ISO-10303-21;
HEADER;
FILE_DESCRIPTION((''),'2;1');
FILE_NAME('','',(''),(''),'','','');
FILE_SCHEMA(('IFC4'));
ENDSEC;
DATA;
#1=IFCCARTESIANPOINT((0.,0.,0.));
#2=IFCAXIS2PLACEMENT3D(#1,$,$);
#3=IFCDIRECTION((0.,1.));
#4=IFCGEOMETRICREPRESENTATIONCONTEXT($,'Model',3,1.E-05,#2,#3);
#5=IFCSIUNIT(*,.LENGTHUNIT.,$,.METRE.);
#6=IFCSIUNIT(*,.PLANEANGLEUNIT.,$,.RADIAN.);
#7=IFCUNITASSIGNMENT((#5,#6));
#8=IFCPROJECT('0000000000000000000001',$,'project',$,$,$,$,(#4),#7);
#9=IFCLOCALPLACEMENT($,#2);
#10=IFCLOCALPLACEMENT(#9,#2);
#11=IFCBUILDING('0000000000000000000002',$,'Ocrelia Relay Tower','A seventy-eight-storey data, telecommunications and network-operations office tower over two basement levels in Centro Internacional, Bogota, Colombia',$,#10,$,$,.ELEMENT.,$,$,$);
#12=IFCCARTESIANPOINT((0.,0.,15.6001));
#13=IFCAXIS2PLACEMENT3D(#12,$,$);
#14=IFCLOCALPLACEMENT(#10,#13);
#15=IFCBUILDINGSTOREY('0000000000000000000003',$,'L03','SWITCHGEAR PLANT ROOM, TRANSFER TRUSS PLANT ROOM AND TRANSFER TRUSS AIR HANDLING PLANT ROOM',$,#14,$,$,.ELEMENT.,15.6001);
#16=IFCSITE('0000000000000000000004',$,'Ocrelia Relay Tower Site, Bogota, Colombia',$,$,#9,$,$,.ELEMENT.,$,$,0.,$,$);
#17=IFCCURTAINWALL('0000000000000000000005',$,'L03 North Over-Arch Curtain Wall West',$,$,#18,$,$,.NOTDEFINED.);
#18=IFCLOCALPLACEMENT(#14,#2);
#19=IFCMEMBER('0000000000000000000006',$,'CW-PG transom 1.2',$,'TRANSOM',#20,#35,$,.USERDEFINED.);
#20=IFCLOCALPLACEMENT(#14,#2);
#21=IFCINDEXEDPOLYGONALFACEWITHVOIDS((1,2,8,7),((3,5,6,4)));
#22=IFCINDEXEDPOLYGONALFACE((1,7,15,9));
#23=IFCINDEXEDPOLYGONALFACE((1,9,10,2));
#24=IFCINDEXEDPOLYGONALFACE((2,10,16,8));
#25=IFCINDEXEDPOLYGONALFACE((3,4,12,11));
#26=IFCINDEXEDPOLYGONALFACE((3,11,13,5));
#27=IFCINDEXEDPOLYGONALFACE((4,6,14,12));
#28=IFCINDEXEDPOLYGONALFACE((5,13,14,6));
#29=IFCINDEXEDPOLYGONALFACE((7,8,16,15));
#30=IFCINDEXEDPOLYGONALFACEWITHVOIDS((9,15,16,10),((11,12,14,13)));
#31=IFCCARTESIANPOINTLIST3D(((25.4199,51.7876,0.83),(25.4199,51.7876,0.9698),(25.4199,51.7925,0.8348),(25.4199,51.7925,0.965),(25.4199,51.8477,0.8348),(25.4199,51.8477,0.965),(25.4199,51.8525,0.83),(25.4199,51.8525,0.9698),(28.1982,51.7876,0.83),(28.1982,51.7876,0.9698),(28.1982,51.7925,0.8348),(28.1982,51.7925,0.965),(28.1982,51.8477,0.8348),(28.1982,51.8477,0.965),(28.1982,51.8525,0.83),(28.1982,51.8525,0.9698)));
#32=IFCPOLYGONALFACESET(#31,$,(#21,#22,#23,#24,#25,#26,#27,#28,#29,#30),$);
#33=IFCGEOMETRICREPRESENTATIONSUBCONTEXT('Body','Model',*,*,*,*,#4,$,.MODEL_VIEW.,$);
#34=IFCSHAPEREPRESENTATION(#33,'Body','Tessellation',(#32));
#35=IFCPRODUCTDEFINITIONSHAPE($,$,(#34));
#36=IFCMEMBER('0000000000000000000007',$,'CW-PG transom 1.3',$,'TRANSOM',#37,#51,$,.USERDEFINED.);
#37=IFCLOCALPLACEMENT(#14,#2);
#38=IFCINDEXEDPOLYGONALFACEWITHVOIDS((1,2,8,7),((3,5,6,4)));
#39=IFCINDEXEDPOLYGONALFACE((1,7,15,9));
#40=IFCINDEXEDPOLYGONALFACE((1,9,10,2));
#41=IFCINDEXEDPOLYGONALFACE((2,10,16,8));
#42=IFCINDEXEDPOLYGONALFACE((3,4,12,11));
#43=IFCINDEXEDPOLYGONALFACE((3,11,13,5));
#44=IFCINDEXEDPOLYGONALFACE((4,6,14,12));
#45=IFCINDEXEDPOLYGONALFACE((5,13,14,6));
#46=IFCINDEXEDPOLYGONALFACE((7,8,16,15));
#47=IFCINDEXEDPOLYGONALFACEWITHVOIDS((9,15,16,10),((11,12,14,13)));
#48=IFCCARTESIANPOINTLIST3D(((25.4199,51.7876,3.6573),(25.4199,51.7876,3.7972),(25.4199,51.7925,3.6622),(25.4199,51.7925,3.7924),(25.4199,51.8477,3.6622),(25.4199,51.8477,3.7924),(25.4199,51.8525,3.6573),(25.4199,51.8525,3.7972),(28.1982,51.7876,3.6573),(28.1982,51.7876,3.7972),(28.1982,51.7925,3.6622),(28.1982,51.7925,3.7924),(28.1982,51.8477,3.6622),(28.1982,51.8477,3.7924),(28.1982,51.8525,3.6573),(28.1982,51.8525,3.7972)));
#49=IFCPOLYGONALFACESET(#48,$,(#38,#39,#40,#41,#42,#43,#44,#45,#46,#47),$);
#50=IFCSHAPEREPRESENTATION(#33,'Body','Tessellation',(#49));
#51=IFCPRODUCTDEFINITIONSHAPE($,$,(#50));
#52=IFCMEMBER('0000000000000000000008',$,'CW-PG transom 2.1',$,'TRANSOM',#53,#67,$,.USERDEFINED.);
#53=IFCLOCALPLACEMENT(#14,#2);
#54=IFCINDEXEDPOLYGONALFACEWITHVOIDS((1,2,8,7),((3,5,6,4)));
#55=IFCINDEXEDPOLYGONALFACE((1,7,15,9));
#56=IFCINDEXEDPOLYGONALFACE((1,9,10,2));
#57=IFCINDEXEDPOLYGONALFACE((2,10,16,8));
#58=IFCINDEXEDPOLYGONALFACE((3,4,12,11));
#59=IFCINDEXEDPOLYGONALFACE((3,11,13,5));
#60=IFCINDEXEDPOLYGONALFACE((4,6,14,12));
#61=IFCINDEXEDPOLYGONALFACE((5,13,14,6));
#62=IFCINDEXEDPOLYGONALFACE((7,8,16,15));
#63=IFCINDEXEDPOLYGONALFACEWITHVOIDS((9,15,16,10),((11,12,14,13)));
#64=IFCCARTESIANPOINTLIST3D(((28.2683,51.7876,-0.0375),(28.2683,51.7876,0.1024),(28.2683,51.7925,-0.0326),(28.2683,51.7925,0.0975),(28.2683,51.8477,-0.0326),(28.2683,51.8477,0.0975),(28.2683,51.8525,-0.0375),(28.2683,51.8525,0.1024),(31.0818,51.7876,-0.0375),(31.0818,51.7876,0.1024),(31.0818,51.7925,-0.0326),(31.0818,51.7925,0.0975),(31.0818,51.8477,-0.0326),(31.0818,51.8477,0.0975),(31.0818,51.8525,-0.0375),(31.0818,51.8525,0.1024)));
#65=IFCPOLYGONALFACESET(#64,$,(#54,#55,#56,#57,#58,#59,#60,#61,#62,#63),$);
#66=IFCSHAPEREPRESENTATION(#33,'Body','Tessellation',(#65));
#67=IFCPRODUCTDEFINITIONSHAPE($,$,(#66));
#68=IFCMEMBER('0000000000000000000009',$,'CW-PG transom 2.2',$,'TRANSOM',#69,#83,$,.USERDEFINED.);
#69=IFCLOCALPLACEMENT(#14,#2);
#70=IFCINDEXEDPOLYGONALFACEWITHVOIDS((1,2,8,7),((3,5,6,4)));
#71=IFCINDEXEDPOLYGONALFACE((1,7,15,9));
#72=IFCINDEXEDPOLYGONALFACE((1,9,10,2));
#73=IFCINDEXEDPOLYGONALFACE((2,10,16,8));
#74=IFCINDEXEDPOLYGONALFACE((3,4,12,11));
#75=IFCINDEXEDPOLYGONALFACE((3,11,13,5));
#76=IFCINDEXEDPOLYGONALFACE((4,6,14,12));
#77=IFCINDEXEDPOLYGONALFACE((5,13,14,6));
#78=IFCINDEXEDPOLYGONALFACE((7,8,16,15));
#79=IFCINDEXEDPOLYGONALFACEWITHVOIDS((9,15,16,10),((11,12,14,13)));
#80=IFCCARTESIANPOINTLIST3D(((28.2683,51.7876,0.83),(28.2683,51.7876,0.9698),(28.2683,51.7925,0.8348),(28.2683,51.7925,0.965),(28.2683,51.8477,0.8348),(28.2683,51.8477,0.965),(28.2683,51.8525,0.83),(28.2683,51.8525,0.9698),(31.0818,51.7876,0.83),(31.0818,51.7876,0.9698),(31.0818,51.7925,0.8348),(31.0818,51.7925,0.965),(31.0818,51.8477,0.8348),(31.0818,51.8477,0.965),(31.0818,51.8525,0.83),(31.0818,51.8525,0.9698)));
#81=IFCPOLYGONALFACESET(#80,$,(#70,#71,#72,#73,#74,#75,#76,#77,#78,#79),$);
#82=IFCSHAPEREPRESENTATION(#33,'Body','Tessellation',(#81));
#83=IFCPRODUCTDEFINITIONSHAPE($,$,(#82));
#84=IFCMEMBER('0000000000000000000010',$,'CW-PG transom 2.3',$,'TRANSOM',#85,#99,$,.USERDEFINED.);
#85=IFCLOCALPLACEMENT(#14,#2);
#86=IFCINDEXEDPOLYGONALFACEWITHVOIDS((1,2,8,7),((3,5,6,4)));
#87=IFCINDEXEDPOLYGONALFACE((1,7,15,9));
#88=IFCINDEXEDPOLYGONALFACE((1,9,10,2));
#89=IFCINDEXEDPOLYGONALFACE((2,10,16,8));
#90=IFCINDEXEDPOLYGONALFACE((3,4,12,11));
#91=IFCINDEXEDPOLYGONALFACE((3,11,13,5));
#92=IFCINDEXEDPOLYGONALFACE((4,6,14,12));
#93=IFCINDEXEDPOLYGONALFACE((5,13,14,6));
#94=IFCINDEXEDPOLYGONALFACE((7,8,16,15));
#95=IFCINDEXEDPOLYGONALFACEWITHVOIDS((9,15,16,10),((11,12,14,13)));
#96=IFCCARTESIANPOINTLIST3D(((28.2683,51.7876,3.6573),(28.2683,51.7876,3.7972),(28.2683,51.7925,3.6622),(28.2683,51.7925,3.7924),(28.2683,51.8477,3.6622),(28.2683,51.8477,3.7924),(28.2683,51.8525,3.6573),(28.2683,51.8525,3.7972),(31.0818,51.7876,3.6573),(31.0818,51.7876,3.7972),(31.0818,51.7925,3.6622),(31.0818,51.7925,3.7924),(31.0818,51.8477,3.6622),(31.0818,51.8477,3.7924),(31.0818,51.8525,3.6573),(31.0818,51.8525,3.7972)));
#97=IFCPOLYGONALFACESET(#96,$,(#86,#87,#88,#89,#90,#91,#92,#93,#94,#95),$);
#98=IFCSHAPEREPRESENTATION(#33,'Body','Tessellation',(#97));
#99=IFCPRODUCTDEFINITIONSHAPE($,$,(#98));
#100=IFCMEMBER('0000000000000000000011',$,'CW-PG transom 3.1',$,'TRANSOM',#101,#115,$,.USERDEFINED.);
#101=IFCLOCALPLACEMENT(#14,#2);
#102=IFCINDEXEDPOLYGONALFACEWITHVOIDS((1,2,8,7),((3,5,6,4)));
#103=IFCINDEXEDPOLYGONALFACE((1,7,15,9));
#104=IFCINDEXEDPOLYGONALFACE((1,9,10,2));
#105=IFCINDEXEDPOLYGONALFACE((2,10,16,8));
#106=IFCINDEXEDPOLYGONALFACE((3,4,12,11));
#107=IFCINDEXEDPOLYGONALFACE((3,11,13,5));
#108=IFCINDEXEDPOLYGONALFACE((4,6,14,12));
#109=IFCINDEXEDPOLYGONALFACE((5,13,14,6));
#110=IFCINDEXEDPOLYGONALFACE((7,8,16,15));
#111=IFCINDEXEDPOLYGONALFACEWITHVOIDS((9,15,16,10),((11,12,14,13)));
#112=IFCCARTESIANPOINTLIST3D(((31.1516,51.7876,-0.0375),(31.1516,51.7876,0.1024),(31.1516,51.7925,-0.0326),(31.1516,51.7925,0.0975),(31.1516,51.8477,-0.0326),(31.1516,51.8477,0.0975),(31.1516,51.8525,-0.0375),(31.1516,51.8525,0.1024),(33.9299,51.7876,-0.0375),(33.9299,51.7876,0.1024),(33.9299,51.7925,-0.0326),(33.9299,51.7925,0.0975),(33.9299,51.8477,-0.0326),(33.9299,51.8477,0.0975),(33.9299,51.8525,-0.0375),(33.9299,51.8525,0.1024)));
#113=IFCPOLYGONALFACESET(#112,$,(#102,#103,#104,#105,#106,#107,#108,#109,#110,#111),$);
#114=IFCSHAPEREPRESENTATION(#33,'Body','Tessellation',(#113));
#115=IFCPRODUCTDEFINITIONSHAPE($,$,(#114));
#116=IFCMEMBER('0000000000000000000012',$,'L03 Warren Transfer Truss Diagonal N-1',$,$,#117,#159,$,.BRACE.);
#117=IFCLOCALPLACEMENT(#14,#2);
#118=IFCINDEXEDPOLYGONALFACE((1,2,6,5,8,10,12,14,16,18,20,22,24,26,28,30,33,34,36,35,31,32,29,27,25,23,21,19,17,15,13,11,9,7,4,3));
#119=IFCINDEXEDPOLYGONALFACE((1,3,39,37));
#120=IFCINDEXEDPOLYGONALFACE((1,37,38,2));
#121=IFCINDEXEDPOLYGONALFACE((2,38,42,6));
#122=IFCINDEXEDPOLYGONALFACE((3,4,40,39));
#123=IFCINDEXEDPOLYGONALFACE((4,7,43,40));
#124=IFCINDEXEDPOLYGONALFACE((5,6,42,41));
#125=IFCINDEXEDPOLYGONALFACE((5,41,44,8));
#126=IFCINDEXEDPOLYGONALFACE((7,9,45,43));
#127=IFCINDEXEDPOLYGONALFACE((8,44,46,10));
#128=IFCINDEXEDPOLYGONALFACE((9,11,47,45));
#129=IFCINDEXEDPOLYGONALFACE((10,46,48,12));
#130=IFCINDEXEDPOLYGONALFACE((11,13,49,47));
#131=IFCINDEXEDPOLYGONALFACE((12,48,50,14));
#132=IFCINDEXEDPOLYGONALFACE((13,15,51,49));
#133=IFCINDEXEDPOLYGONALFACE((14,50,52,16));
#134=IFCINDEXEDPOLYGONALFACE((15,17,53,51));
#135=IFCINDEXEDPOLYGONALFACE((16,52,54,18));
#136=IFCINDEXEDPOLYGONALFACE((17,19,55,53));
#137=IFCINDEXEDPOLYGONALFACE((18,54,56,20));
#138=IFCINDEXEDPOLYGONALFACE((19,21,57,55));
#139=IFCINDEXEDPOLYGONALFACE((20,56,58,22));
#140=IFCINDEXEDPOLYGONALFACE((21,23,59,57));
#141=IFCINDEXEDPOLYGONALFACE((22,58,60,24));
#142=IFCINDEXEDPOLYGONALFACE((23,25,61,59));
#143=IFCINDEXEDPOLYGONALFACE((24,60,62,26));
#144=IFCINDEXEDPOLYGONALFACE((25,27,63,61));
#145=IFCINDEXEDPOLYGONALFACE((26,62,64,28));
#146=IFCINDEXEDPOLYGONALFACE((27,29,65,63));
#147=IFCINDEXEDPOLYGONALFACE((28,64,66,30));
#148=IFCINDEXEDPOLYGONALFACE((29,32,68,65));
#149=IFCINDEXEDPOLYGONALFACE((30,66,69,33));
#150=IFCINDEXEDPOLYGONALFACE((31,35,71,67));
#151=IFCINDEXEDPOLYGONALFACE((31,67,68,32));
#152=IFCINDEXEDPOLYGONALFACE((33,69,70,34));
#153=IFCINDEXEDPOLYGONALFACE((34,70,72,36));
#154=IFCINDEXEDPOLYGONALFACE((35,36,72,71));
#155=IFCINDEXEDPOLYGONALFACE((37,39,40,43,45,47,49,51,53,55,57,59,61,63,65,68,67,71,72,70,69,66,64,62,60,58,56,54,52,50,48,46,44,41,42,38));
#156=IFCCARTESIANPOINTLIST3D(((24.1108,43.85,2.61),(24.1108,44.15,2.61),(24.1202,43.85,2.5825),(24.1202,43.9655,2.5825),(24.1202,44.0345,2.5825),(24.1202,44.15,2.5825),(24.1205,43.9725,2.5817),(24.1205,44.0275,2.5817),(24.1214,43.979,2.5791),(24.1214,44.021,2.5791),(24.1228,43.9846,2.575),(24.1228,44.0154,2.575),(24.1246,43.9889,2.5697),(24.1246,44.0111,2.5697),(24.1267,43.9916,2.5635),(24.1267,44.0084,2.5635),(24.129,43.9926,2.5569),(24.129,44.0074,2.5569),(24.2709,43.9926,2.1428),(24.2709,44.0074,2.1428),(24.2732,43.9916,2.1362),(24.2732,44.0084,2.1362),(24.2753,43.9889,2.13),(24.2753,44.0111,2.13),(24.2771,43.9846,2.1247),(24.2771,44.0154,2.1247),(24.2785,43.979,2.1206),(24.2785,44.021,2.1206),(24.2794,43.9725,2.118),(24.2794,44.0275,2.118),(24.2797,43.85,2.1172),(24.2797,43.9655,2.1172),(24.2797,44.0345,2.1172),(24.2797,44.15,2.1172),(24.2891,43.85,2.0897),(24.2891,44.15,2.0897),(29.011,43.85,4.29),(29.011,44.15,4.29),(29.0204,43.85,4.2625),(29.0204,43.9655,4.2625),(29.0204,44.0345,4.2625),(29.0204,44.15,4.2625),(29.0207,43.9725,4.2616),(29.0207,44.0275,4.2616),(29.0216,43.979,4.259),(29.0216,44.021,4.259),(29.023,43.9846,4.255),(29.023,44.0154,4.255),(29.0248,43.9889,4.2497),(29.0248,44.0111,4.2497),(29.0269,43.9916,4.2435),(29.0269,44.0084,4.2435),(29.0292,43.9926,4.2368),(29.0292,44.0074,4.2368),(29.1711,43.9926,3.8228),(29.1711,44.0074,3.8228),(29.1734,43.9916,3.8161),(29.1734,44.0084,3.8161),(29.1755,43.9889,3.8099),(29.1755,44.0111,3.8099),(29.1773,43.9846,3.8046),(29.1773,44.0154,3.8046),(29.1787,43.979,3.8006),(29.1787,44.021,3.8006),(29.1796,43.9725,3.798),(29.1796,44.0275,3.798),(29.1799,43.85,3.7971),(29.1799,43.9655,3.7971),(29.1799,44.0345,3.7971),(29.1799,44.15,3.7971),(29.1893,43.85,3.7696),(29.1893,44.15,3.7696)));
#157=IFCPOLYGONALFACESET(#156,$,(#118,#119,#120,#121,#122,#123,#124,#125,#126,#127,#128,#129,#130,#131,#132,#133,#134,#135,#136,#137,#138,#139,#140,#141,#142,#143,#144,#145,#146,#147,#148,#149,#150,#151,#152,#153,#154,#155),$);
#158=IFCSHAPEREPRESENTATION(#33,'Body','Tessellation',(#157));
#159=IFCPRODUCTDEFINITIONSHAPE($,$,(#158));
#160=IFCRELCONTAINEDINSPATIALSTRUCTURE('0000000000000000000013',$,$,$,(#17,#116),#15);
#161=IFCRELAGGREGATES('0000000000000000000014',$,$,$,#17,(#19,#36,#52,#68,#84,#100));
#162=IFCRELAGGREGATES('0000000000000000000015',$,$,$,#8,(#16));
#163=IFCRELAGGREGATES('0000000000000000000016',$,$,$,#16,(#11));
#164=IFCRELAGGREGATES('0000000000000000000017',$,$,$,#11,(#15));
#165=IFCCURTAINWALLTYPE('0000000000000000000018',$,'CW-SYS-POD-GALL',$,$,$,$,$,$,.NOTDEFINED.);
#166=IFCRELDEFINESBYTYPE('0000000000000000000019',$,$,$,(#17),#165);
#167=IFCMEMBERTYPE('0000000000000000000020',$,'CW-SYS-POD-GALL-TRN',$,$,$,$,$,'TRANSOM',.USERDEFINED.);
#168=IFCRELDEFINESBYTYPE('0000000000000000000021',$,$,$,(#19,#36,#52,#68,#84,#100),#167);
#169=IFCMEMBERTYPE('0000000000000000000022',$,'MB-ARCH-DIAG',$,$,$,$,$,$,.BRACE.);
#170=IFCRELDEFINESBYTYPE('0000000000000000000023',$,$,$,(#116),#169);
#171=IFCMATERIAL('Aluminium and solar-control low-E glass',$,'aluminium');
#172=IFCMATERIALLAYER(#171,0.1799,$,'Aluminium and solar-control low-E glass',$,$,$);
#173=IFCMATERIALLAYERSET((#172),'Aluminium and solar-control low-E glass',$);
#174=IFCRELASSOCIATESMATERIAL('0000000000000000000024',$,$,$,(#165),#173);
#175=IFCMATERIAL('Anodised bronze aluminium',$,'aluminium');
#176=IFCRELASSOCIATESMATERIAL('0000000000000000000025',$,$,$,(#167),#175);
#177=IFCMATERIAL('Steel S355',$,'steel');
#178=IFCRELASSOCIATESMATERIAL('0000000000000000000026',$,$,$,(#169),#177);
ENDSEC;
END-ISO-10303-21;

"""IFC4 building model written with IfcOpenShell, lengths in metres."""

from ifc_helpers import new_model, si_unit, direction, frame, origin, origin_2d, place, context, subcontext, project, spatial, hollow_rectangle, i_section, extrude, material, layer, layer_set, material_profile, profile_set, type_object, element, aggregate, save


model = new_model("IFC4")

# Units and contexts
model_context = context("Model", 3, precision=1e-05, world=origin(), true_north=direction((0.0, 1.0)))
body_context = subcontext(model_context, "Body", "Model", "MODEL_VIEW")
ifc_project = project(units=[si_unit("LENGTHUNIT", "METRE"), si_unit("PLANEANGLEUNIT", "RADIAN")], contexts=[model_context])

# Site, building, storey
site_placement = place(None, origin())
site = spatial("IfcSite", under=ifc_project, at=site_placement, Name="Ocrelia Relay Tower Site, Bogota, Colombia", CompositionType="ELEMENT", RefElevation=0.0)
building_placement = place(site_placement, origin())
building = spatial("IfcBuilding", under=site, at=building_placement, Name="Ocrelia Relay Tower", Description="A seventy-eight-storey data, telecommunications and network-operations office tower over two basement levels in Centro Internacional, Bogota, Colombia", CompositionType="ELEMENT")
storey_placement = place(building_placement, frame((0.0, 0.0, 15.6001)))
storey = spatial("IfcBuildingStorey", under=building, at=storey_placement, Name="L03", Description="SWITCHGEAR PLANT ROOM, TRANSFER TRUSS PLANT ROOM AND TRANSFER TRUSS AIR HANDLING PLANT ROOM", CompositionType="ELEMENT", Elevation=15.6001)

# Shared definitions
ifc_material_1 = material(Name="Steel S355", Category="steel")

# Curtain wall, members
ifc_material_2 = material(Name="Aluminium and solar-control low-E glass", Category="aluminium")
ifc_layer_1 = layer(ifc_material_2, 0.1799, Name="Aluminium and solar-control low-E glass")
ifc_layer_set_1 = layer_set([ifc_layer_1], Name="Aluminium and solar-control low-E glass")
curtain_wall_type = type_object("IfcCurtainWallType", Name="CW-SYS-POD-GALL", PredefinedType="NOTDEFINED", material=ifc_layer_set_1)
curtain_wall_placement = place(storey_placement, origin())
curtain_wall = element("IfcCurtainWall", 1, at=curtain_wall_placement, inside=storey, type_object=curtain_wall_type, Name="L03 North Over-Arch Curtain Wall West", PredefinedType="NOTDEFINED")
ifc_material_3 = material(Name="Anodised bronze aluminium", Category="aluminium")
ifc_material_profile_1 = material_profile(ifc_material_3, hollow_rectangle(XDim=0.0649, YDim=0.1399, WallThickness=0.0049, at=origin_2d()), Name="CW-TRN-140x65")
ifc_profile_set_1 = profile_set([ifc_material_profile_1], Name="Anodised bronze aluminium")
member_type_1 = type_object("IfcMemberType", Name="CW-SYS-POD-GALL-TRN", ElementType="TRANSOM", PredefinedType="USERDEFINED", material=ifc_profile_set_1)
member_1_placement = place(storey_placement, frame((25.4199, 51.8201, 0.8999), z_axis=(1.0, 0.0, 0.0), x_axis=(0.0, 1.0, 0.0)))
member_1 = element("IfcMember", 2, at=member_1_placement, type_object=member_type_1, Name="CW-PG transom 1.2", ObjectType="TRANSOM", PredefinedType="USERDEFINED", context=body_context, shape_type="SweptSolid", body=[
    extrude(hollow_rectangle(XDim=0.0649, YDim=0.1399, WallThickness=0.0049, at=origin_2d()), origin(), (0.0, 0.0, 1.0), 2.7783),
])
member_2_placement = place(storey_placement, frame((25.4199, 51.8201, 3.7273), z_axis=(1.0, 0.0, 0.0), x_axis=(0.0, 1.0, 0.0)))
member_2 = element("IfcMember", 3, at=member_2_placement, type_object=member_type_1, Name="CW-PG transom 1.3", ObjectType="TRANSOM", PredefinedType="USERDEFINED", context=body_context, shape_type="SweptSolid", body=[
    extrude(hollow_rectangle(XDim=0.0649, YDim=0.1399, WallThickness=0.0049, at=origin_2d()), origin(), (0.0, 0.0, 1.0), 2.7783),
])
member_3_placement = place(storey_placement, frame((28.2683, 51.8201, 0.0325), z_axis=(1.0, 0.0, 0.0), x_axis=(0.0, 1.0, 0.0)))
member_3 = element("IfcMember", 4, at=member_3_placement, type_object=member_type_1, Name="CW-PG transom 2.1", ObjectType="TRANSOM", PredefinedType="USERDEFINED", context=body_context, shape_type="SweptSolid", body=[
    extrude(hollow_rectangle(XDim=0.0649, YDim=0.1399, WallThickness=0.0049, at=origin_2d()), origin(), (0.0, 0.0, 1.0), 2.8135),
])
member_4_placement = place(storey_placement, frame((28.2683, 51.8201, 0.8999), z_axis=(1.0, 0.0, 0.0), x_axis=(0.0, 1.0, 0.0)))
member_4 = element("IfcMember", 5, at=member_4_placement, type_object=member_type_1, Name="CW-PG transom 2.2", ObjectType="TRANSOM", PredefinedType="USERDEFINED", context=body_context, shape_type="SweptSolid", body=[
    extrude(hollow_rectangle(XDim=0.0649, YDim=0.1399, WallThickness=0.0049, at=origin_2d()), origin(), (0.0, 0.0, 1.0), 2.8135),
])
member_5_placement = place(storey_placement, frame((28.2683, 51.8201, 3.7273), z_axis=(1.0, 0.0, 0.0), x_axis=(0.0, 1.0, 0.0)))
member_5 = element("IfcMember", 6, at=member_5_placement, type_object=member_type_1, Name="CW-PG transom 2.3", ObjectType="TRANSOM", PredefinedType="USERDEFINED", context=body_context, shape_type="SweptSolid", body=[
    extrude(hollow_rectangle(XDim=0.0649, YDim=0.1399, WallThickness=0.0049, at=origin_2d()), origin(), (0.0, 0.0, 1.0), 2.8135),
])
member_6_placement = place(storey_placement, frame((31.1516, 51.8201, 0.0325), z_axis=(1.0, 0.0, 0.0), x_axis=(0.0, 1.0, 0.0)))
member_6 = element("IfcMember", 7, at=member_6_placement, type_object=member_type_1, Name="CW-PG transom 3.1", ObjectType="TRANSOM", PredefinedType="USERDEFINED", context=body_context, shape_type="SweptSolid", body=[
    extrude(hollow_rectangle(XDim=0.0649, YDim=0.1399, WallThickness=0.0049, at=origin_2d()), origin(), (0.0, 0.0, 1.0), 2.7783),
])

# Member
ifc_material_profile_2 = material_profile(ifc_material_1, i_section(OverallWidth=0.3, OverallDepth=0.55, WebThickness=0.0149, FlangeThickness=0.0291, FilletRadius=0.0271, at=origin_2d()), Name="HEB 550")
ifc_profile_set_2 = profile_set([ifc_material_profile_2], Name="Steel S355")
member_type_2 = type_object("IfcMemberType", Name="MB-ARCH-DIAG", PredefinedType="BRACE", material=ifc_profile_set_2)
member_7_placement = place(storey_placement, frame((24.2, 44.0, 2.3499), z_axis=(0.945953, 0.0, 0.324304), x_axis=(0.0, 1.0, 0.0)))
element("IfcMember", 8, at=member_7_placement, inside=storey, type_object=member_type_2, Name="L03 Warren Transfer Truss Diagonal N-1", PredefinedType="BRACE", context=body_context, shape_type="SweptSolid", body=[
    extrude(i_section(OverallWidth=0.3, OverallDepth=0.55, WebThickness=0.0149, FlangeThickness=0.0291, FilletRadius=0.0271, at=origin_2d()), origin(), (0.0, 0.0, 1.0), 5.1802),
])

aggregate(curtain_wall, [member_1, member_2, member_3, member_4, member_5, member_6])

save(model, "model.ifc")
